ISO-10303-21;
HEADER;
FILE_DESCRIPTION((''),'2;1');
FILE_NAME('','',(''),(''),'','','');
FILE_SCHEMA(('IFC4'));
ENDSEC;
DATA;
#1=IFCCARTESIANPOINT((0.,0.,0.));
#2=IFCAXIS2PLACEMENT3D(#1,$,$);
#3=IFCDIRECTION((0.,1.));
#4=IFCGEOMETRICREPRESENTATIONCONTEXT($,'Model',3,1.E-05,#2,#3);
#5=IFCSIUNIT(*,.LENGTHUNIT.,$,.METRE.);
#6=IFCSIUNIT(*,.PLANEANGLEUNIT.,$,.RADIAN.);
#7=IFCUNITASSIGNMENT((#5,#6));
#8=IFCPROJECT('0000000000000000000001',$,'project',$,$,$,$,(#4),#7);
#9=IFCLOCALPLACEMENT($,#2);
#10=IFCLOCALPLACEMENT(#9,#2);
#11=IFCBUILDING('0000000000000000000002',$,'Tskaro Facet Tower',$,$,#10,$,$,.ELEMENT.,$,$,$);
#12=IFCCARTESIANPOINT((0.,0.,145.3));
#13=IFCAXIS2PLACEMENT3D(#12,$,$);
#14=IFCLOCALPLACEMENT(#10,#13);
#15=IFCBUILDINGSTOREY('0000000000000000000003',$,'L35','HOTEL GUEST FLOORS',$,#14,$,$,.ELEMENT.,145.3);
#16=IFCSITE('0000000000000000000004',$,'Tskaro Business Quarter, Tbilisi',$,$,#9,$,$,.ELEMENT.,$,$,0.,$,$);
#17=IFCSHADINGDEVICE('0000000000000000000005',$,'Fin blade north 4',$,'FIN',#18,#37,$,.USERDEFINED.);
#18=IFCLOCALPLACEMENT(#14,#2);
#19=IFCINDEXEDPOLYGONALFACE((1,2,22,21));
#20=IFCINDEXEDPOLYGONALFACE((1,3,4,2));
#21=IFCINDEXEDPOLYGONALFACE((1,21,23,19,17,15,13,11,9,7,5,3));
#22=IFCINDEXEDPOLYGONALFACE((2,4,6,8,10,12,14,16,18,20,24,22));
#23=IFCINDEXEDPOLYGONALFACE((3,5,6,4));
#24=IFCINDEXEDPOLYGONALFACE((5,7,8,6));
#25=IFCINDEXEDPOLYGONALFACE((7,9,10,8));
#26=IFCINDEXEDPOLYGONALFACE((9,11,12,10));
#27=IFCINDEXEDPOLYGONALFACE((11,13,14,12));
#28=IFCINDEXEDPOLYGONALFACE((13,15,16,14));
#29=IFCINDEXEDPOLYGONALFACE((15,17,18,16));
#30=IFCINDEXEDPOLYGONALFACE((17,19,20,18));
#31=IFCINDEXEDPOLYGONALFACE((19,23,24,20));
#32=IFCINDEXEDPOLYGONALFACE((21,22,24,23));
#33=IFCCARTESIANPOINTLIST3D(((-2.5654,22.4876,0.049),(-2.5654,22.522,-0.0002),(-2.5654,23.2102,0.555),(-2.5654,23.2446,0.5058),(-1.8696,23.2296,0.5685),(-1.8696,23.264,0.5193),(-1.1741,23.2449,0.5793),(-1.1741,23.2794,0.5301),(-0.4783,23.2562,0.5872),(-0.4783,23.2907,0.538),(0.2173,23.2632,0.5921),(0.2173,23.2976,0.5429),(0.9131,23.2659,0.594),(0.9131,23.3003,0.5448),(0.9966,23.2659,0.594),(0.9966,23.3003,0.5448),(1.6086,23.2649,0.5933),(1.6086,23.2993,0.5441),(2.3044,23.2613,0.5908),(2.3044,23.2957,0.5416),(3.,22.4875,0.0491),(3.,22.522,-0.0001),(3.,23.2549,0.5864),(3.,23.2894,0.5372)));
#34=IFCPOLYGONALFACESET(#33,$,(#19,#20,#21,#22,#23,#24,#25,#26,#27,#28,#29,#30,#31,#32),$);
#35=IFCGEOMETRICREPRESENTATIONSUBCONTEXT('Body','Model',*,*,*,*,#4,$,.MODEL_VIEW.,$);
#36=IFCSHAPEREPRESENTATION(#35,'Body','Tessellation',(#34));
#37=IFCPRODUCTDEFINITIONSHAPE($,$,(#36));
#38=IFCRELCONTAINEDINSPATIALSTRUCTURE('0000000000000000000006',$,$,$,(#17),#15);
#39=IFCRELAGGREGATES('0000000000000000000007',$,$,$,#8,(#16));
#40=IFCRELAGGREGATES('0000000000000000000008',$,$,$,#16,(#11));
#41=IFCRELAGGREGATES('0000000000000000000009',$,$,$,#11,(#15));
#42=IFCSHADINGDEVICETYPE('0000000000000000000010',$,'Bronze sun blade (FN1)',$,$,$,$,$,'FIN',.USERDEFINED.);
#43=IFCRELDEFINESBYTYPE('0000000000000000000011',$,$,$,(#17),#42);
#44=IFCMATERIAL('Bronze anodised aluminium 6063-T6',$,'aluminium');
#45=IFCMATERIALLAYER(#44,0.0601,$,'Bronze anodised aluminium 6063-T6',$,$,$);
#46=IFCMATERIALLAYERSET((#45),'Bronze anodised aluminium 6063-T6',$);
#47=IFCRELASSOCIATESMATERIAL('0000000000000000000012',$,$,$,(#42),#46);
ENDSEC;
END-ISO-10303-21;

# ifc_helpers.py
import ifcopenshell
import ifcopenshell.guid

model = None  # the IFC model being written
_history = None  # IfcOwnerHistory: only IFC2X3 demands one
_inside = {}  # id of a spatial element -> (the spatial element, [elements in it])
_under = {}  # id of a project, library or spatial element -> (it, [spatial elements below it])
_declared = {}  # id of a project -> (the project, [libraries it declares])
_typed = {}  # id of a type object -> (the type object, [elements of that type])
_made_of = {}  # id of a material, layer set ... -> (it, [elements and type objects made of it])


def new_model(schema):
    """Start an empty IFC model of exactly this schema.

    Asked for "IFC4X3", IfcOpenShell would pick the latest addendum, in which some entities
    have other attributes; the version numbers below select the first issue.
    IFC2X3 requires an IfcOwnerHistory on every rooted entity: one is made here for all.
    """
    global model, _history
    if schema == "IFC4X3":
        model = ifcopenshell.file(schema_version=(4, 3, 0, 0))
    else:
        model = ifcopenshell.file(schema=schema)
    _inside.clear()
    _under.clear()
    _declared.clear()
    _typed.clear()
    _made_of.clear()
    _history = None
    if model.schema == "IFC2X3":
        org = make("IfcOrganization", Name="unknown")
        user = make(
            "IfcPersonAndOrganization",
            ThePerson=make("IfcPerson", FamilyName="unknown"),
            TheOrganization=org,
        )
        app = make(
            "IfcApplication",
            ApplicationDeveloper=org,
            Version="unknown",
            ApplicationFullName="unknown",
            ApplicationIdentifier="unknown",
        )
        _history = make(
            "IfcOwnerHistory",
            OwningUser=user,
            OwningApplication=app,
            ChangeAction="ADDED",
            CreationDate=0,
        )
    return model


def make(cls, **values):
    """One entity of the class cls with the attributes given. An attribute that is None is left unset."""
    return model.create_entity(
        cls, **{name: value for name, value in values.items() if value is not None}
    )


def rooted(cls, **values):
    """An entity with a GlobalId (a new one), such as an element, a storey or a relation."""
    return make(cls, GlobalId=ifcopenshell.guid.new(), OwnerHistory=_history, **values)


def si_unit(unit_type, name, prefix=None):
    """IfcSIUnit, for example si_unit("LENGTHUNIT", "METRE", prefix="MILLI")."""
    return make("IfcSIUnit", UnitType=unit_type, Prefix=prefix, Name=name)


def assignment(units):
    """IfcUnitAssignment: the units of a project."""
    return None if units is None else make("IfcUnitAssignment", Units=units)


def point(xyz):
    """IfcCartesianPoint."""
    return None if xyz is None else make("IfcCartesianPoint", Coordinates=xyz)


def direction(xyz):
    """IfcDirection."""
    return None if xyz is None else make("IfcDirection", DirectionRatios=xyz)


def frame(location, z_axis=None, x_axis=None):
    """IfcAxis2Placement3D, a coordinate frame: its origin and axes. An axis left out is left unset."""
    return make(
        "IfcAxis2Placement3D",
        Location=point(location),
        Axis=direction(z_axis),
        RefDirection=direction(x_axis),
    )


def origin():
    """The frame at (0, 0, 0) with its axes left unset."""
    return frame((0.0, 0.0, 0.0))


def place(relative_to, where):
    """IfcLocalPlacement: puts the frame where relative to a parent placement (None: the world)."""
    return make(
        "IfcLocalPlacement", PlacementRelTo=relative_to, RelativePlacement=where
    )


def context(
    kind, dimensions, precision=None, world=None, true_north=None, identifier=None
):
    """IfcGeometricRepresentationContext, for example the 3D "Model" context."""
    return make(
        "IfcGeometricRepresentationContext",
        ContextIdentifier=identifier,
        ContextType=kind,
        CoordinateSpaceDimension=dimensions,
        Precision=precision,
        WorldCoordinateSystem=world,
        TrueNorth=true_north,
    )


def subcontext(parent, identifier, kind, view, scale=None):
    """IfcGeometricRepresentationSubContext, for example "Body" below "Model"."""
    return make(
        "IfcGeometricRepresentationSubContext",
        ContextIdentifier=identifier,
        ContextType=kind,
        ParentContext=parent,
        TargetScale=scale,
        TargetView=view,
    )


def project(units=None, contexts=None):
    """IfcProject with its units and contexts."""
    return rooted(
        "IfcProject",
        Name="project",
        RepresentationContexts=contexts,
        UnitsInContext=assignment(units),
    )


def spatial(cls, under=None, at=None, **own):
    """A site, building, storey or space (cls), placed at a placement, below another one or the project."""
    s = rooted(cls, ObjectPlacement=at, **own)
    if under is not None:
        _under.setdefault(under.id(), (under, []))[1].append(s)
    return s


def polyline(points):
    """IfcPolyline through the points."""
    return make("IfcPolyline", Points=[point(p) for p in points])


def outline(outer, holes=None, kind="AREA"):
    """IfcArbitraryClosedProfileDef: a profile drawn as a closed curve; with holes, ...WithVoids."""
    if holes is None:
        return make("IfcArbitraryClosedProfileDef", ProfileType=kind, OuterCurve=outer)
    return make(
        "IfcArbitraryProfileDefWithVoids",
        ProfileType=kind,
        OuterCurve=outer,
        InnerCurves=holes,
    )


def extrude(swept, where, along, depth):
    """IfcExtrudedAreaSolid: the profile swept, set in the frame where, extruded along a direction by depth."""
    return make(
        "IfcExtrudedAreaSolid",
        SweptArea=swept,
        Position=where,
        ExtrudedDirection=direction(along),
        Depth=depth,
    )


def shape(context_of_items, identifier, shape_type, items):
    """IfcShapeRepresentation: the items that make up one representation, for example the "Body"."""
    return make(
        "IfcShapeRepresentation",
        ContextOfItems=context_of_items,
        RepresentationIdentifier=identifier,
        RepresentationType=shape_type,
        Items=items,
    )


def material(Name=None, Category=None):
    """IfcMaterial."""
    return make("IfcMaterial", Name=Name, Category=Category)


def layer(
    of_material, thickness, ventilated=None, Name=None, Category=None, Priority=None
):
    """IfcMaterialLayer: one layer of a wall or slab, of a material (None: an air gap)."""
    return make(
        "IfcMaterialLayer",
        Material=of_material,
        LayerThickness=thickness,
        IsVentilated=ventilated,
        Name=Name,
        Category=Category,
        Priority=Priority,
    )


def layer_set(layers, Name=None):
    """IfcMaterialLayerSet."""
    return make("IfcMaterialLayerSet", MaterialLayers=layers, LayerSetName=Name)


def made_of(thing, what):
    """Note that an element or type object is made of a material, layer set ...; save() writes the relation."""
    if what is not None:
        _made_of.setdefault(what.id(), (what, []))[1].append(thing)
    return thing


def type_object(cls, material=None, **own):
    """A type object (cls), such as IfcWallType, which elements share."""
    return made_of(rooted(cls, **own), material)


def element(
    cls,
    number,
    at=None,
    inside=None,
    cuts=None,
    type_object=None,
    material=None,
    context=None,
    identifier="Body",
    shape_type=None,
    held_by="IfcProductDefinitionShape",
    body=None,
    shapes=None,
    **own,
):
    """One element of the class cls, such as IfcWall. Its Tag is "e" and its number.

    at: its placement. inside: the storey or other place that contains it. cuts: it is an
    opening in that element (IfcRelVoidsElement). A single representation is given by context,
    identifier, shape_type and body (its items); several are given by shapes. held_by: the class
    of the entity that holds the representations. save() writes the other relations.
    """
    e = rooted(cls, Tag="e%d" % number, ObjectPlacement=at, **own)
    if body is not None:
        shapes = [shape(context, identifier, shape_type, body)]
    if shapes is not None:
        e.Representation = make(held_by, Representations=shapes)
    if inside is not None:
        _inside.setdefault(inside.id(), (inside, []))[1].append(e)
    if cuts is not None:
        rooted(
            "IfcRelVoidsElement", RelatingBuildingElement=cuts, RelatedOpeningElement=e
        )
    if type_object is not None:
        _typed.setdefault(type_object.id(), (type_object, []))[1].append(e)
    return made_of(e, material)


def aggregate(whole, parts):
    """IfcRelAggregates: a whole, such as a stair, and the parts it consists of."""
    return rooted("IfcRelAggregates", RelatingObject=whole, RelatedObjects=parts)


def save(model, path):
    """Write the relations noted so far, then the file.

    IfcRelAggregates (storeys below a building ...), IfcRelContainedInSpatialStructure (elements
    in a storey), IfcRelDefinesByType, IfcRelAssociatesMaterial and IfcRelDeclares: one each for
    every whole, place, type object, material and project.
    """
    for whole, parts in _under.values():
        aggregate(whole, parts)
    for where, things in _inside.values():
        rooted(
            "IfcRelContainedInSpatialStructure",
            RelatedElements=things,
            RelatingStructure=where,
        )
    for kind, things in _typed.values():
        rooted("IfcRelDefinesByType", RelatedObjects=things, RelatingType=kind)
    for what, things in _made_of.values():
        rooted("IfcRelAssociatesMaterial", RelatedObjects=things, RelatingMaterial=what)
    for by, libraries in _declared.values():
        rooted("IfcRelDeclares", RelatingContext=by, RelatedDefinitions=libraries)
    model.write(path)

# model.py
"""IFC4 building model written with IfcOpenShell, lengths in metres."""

from ifc_helpers import new_model, si_unit, direction, frame, origin, place, context, subcontext, project, spatial, polyline, outline, extrude, material, layer, layer_set, type_object, element, save


model = new_model("IFC4")

# Units and contexts
model_context = context("Model", 3, precision=1e-05, world=origin(), true_north=direction((0.0, 1.0)))
body_context = subcontext(model_context, "Body", "Model", "MODEL_VIEW")
ifc_project = project(units=[si_unit("LENGTHUNIT", "METRE"), si_unit("PLANEANGLEUNIT", "RADIAN")], contexts=[model_context])

# Site, building, storey
site_placement = place(None, origin())
site = spatial("IfcSite", under=ifc_project, at=site_placement, Name="Tskaro Business Quarter, Tbilisi", CompositionType="ELEMENT", RefElevation=0.0)
building_placement = place(site_placement, origin())
building = spatial("IfcBuilding", under=site, at=building_placement, Name="Tskaro Facet Tower", CompositionType="ELEMENT")
storey_placement = place(building_placement, frame((0.0, 0.0, 145.3)))
storey = spatial("IfcBuildingStorey", under=building, at=storey_placement, Name="L35", Description="HOTEL GUEST FLOORS", CompositionType="ELEMENT", Elevation=145.3)

# Shared definitions
ifc_material_1 = material(Name="Bronze anodised aluminium 6063-T6", Category="aluminium")

# Shading device
ifc_layer_1 = layer(ifc_material_1, 0.0601, Name="Bronze anodised aluminium 6063-T6")
ifc_layer_set_1 = layer_set([ifc_layer_1], Name="Bronze anodised aluminium 6063-T6")
shading_device_type = type_object("IfcShadingDeviceType", Name="Bronze sun blade (FN1)", ElementType="FIN", PredefinedType="USERDEFINED", material=ifc_layer_set_1)
shading_device_1_placement = place(storey_placement, frame((3.0, 22.4875, 0.0491), z_axis=(-0.000015, -0.573562, 0.819162), x_axis=(-1.0, 0.000009, -0.000012)))
element("IfcShadingDevice", 1, at=shading_device_1_placement, inside=storey, type_object=shading_device_type, Name="Fin blade north 4", ObjectType="FIN", PredefinedType="USERDEFINED", context=body_context, shape_type="SweptSolid", body=[
    extrude(outline(polyline([(0.0, 0.0), (5.5654, 0.0), (5.5654, -0.8821), (4.8696, -0.9058), (4.1741, -0.9245), (3.4783, -0.9383), (2.7827, -0.9468), (2.0869, -0.9501), (2.0034, -0.9501), (1.3914, -0.9489), (0.6956, -0.9445), (0.0, -0.9368), (0.0, 0.0)])), origin(), (0.0, 0.0, -1.0), 0.0601),
])

save(model, "model.ifc")
